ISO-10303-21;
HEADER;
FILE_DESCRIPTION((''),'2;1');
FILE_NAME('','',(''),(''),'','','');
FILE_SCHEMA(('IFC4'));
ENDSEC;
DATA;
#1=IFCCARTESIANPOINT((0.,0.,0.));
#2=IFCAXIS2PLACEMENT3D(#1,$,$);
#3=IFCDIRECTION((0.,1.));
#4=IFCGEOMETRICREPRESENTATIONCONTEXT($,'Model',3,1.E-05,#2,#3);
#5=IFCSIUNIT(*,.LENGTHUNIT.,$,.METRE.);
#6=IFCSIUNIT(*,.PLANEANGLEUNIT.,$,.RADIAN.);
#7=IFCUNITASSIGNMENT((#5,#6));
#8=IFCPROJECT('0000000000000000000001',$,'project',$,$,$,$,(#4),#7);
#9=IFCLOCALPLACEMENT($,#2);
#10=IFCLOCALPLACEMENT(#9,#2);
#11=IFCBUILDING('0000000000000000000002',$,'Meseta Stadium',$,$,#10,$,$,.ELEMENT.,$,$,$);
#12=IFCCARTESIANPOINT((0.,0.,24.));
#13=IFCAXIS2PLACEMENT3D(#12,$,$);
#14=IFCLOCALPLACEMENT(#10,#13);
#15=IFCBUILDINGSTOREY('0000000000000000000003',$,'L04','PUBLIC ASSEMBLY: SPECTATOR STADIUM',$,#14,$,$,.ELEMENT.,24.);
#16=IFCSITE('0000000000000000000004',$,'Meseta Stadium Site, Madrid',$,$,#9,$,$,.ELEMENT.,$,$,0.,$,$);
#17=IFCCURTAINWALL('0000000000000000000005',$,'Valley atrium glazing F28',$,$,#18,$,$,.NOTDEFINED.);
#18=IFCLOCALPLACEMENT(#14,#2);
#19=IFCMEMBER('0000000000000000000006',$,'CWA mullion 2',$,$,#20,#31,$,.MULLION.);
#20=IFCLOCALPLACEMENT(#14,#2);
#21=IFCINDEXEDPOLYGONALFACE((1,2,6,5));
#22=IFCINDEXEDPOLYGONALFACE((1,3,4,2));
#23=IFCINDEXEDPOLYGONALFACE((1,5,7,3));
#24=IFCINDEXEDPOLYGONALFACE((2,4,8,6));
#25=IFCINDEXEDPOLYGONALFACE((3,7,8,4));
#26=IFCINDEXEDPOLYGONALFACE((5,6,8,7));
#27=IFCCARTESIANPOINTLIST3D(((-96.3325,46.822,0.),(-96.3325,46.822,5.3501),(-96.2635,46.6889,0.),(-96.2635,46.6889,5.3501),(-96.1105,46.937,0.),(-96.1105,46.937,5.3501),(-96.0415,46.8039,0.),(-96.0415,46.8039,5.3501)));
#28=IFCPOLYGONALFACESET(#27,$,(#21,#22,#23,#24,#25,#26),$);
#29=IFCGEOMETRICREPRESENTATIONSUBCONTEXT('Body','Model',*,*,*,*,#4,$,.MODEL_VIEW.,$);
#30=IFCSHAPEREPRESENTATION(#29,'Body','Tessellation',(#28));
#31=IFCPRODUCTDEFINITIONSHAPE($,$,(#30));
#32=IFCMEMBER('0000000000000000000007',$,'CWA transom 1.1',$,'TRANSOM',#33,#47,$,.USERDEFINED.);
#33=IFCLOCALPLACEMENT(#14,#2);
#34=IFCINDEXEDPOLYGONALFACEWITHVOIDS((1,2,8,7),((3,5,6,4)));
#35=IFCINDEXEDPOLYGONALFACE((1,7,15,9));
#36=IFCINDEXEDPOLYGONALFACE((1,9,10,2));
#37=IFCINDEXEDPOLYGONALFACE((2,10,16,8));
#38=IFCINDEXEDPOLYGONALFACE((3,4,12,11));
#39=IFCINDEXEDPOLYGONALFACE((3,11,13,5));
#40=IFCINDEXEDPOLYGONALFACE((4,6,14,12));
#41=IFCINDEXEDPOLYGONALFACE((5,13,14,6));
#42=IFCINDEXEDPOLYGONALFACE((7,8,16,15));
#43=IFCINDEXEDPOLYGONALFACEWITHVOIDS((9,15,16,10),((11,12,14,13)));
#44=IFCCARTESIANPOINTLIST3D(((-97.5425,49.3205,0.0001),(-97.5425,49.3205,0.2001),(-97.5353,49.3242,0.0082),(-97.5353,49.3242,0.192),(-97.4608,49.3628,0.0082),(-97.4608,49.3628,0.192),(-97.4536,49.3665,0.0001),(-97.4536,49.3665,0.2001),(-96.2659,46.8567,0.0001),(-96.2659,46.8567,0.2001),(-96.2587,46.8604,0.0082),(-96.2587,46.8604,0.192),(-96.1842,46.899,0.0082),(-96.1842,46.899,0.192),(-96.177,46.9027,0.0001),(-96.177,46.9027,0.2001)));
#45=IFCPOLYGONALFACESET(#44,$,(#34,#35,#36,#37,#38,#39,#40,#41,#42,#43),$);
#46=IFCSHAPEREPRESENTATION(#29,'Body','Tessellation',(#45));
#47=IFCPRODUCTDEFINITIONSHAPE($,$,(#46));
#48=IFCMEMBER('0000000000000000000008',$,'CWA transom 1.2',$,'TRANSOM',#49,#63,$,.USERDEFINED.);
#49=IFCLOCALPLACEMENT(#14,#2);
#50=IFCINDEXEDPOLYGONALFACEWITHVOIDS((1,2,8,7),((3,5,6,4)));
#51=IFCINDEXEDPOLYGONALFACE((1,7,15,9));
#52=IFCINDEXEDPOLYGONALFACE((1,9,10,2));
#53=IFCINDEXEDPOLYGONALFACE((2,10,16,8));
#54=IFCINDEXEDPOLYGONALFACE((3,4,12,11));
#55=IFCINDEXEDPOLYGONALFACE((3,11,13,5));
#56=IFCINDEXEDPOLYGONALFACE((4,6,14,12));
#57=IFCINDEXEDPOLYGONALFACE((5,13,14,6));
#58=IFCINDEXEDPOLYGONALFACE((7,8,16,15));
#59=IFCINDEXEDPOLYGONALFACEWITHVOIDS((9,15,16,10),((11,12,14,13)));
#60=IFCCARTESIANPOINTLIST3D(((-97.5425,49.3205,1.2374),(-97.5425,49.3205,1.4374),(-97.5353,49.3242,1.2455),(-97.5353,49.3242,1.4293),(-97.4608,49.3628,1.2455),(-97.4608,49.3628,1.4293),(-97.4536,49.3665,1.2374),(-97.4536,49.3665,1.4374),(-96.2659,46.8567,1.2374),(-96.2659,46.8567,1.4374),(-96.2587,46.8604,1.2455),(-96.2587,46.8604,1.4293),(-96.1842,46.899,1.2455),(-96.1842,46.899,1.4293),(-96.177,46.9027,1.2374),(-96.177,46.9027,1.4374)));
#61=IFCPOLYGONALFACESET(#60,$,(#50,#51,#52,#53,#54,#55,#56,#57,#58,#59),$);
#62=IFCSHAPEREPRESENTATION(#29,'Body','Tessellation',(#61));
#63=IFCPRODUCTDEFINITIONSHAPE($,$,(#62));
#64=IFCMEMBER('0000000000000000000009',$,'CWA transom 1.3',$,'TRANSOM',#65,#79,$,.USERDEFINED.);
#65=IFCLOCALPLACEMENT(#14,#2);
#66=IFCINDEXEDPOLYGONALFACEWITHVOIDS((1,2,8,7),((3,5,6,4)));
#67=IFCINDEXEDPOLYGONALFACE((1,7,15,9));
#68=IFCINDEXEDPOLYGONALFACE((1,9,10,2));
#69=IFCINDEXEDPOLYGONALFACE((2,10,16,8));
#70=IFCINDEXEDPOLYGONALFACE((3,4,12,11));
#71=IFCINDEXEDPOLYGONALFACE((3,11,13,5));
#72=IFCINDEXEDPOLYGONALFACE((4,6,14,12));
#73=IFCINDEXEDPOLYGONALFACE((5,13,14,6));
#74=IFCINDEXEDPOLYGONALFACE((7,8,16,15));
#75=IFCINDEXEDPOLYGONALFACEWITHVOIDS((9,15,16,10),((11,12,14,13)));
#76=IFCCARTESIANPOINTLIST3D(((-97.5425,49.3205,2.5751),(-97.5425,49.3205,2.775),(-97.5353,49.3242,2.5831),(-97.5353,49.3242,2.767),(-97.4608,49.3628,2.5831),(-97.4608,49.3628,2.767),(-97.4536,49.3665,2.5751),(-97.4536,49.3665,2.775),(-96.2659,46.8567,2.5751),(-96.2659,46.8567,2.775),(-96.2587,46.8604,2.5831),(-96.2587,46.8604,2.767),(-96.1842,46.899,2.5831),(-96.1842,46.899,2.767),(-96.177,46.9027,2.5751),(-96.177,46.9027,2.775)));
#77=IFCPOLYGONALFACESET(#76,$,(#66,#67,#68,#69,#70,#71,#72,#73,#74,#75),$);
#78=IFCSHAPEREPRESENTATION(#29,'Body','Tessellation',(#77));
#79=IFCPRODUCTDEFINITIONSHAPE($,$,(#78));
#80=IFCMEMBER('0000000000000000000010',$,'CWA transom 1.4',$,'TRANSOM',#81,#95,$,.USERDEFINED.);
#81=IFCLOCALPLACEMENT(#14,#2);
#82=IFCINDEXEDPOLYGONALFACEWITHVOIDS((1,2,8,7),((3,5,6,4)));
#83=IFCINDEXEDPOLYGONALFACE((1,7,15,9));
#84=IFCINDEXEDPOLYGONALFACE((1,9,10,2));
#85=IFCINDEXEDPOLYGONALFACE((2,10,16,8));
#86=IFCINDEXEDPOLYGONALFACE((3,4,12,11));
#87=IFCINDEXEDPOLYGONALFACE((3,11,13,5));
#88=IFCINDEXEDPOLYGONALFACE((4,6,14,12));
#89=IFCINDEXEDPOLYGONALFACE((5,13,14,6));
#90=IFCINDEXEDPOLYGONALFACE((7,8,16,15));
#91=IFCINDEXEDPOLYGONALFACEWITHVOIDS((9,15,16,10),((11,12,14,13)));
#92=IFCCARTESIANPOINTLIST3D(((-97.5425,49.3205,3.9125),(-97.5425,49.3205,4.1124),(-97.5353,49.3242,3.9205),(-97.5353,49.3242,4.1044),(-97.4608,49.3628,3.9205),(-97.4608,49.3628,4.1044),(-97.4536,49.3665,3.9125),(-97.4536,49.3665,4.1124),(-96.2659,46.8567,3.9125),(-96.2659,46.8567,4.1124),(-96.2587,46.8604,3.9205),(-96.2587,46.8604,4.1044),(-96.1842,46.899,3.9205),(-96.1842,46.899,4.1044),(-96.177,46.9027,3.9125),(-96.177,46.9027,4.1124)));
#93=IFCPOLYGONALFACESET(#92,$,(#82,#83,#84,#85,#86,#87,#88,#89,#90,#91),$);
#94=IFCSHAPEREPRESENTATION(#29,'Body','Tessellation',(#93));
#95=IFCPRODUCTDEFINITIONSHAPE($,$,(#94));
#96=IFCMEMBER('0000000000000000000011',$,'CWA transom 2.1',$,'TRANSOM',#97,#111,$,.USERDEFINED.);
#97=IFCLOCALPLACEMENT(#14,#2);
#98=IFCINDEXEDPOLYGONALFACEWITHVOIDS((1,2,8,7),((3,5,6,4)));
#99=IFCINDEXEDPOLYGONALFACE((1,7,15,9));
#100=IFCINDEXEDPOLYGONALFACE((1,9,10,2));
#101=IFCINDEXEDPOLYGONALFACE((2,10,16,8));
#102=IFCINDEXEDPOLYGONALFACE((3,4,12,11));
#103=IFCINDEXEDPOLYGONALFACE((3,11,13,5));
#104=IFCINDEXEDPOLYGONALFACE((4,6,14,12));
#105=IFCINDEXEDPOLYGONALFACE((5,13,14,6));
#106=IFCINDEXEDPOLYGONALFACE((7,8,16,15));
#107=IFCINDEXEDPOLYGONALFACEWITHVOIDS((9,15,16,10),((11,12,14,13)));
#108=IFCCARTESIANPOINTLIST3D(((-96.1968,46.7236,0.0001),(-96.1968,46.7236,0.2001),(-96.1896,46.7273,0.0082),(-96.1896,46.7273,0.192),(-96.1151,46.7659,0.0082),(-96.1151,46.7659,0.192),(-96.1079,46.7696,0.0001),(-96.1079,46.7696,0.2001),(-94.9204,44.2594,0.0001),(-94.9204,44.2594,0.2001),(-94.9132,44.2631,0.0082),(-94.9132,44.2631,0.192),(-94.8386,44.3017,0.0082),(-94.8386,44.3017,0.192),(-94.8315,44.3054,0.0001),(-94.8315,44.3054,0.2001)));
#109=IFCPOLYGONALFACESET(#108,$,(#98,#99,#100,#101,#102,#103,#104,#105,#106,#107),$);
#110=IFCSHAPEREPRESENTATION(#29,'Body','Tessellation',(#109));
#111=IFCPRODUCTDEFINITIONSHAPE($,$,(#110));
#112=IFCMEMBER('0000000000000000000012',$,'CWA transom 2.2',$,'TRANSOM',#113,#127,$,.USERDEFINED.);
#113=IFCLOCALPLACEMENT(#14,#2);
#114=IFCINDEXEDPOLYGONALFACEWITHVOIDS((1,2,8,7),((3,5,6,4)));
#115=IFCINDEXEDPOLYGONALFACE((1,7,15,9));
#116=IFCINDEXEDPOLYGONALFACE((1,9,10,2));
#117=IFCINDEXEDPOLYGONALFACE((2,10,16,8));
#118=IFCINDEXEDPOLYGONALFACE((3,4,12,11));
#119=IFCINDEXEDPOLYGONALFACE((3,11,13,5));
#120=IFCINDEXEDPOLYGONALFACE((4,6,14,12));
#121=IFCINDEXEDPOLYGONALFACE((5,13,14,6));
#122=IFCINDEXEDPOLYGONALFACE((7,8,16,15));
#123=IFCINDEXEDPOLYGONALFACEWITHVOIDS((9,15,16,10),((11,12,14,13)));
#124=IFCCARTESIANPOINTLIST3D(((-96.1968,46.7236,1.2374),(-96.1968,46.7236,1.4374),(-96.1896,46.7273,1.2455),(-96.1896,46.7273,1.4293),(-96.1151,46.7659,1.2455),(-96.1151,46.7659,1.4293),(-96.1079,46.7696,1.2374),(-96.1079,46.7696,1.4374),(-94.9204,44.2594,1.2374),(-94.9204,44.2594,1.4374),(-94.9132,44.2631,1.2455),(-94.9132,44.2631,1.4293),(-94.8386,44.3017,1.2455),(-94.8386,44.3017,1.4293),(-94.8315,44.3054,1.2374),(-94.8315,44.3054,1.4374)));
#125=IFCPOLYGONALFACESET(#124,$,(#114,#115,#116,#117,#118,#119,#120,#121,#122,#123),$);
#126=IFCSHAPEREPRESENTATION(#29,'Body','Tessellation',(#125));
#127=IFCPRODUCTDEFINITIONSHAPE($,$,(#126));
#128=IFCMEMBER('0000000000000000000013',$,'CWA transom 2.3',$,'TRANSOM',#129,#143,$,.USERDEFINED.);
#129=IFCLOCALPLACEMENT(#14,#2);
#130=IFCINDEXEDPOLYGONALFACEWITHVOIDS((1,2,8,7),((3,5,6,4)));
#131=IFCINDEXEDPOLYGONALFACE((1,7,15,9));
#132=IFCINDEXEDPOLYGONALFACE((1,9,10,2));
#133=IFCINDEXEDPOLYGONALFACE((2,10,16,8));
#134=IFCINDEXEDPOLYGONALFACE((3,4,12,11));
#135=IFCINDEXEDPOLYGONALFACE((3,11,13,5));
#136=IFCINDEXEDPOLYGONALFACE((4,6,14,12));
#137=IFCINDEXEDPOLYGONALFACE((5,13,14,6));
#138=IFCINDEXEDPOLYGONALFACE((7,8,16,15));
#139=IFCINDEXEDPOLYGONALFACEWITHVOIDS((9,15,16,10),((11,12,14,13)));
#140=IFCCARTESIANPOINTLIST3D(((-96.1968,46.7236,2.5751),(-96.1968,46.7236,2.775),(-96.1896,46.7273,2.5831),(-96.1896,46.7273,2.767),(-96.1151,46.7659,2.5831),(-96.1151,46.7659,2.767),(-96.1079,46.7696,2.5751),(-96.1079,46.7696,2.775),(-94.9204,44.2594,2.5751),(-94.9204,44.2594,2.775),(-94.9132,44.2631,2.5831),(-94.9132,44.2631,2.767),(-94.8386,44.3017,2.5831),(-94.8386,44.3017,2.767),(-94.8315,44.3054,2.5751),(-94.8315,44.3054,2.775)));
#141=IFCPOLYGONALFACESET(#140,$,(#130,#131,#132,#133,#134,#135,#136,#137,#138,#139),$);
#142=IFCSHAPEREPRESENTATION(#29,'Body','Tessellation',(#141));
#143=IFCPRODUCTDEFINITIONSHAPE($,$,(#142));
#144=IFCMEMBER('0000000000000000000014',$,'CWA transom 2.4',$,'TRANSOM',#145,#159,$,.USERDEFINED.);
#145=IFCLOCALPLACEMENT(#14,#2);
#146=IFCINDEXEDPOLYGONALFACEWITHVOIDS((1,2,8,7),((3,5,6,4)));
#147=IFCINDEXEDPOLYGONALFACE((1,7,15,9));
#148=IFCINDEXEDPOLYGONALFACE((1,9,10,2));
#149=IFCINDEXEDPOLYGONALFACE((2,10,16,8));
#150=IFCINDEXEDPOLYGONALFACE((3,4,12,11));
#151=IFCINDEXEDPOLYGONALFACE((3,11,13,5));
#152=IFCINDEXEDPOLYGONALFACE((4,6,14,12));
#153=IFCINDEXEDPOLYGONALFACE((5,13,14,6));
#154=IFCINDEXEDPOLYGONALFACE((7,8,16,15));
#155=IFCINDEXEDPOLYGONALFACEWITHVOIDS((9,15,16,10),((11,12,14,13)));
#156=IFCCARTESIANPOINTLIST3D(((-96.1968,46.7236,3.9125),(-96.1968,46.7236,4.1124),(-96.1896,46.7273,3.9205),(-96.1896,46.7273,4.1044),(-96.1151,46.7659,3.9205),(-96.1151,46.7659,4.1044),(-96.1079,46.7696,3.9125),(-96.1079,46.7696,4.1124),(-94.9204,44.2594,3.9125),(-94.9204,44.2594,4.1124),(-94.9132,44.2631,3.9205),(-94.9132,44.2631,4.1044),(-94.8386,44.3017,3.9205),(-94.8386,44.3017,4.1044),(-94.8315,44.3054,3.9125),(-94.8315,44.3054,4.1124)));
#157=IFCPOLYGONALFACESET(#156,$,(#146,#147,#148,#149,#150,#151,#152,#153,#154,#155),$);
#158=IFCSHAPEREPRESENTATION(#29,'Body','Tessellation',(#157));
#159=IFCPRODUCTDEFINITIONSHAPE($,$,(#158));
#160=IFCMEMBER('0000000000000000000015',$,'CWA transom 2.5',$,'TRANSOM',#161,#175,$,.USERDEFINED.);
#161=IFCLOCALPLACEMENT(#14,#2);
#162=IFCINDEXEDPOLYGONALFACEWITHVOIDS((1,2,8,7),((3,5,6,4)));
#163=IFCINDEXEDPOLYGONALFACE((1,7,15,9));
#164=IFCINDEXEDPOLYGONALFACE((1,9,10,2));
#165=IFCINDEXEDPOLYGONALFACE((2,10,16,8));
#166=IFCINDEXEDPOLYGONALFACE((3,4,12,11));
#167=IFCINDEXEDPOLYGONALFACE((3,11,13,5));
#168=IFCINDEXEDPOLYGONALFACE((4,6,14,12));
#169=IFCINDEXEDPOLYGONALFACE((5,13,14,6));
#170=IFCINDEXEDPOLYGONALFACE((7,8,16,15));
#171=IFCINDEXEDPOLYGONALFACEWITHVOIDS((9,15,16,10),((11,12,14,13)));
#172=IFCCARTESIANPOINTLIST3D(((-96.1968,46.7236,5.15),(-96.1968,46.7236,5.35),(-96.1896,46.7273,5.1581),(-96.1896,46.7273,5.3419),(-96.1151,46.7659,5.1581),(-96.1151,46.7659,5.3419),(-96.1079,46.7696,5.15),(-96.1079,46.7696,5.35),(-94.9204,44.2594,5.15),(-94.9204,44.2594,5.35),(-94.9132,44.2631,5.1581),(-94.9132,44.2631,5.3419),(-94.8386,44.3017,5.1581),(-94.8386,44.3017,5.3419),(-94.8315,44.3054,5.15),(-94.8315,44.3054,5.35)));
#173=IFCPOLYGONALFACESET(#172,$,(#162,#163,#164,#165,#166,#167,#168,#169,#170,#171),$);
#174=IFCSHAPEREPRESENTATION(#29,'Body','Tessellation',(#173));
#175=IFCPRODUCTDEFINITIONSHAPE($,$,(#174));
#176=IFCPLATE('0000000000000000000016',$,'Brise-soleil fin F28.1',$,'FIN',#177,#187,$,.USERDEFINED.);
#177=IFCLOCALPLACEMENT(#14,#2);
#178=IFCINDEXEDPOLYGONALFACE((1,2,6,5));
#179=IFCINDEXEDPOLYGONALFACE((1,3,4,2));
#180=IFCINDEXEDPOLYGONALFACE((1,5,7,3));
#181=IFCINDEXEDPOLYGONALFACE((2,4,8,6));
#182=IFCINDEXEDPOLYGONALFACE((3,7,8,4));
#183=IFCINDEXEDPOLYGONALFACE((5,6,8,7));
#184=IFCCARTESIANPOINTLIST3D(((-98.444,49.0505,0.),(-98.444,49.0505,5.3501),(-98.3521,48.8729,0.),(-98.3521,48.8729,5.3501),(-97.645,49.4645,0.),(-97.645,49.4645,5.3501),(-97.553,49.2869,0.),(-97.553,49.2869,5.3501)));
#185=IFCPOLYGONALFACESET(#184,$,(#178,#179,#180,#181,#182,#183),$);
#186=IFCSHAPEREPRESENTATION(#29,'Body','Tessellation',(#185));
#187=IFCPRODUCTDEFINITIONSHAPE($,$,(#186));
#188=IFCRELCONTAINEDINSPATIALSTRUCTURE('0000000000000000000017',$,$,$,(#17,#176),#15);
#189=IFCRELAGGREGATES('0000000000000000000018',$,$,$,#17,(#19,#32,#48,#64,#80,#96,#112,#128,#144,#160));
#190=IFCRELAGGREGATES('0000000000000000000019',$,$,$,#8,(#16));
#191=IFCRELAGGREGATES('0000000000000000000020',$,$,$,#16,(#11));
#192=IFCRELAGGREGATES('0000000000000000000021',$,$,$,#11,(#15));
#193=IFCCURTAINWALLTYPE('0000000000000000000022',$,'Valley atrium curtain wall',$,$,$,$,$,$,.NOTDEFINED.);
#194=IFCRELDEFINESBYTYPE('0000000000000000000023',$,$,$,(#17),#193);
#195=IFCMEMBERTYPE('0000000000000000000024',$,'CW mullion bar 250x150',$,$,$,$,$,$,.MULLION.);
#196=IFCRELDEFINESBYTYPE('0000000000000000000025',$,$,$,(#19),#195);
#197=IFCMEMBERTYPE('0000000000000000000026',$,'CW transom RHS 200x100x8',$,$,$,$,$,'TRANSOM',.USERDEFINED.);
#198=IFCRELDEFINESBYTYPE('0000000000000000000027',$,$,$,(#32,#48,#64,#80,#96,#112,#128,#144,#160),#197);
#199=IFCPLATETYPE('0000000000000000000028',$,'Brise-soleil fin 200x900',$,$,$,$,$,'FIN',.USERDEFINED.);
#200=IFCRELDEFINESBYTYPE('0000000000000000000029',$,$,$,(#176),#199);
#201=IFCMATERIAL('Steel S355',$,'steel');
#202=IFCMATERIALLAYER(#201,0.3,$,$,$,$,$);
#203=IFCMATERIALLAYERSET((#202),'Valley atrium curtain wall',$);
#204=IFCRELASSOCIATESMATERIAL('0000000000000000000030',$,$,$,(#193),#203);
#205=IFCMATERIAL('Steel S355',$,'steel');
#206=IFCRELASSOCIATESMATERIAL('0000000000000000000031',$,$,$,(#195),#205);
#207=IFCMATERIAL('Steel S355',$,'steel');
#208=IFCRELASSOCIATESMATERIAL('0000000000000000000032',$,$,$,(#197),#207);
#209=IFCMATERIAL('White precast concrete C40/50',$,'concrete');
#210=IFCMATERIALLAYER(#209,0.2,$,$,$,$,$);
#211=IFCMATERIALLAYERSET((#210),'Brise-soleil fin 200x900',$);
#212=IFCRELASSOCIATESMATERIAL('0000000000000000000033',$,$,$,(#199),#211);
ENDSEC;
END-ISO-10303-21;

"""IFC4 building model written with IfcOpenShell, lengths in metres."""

from ifc_helpers import new_model, si_unit, direction, frame, origin, origin_2d, place, context, subcontext, project, spatial, rectangle, hollow_rectangle, extrude, material, layer, layer_set, material_profile, profile_set, type_object, element, aggregate, save


model = new_model("IFC4")

# Units and contexts
model_context = context("Model", 3, precision=1e-05, world=origin(), true_north=direction((0.0, 1.0)))
body_context = subcontext(model_context, "Body", "Model", "MODEL_VIEW")
ifc_project = project(units=[si_unit("LENGTHUNIT", "METRE"), si_unit("PLANEANGLEUNIT", "RADIAN")], contexts=[model_context])

# Site, building, storey
site_placement = place(None, origin())
site = spatial("IfcSite", under=ifc_project, at=site_placement, Name="Meseta Stadium Site, Madrid", CompositionType="ELEMENT", RefElevation=0.0)
building_placement = place(site_placement, origin())
building = spatial("IfcBuilding", under=site, at=building_placement, Name="Meseta Stadium", CompositionType="ELEMENT")
storey_placement = place(building_placement, frame((0.0, 0.0, 24.0)))
storey = spatial("IfcBuildingStorey", under=building, at=storey_placement, Name="L04", Description="PUBLIC ASSEMBLY: SPECTATOR STADIUM", CompositionType="ELEMENT", Elevation=24.0)

# Curtain wall, members
ifc_material_1 = material(Name="Steel S355", Category="steel")
ifc_layer_1 = layer(ifc_material_1, 0.3)
ifc_layer_set_1 = layer_set([ifc_layer_1], Name="Valley atrium curtain wall")
curtain_wall_type = type_object("IfcCurtainWallType", Name="Valley atrium curtain wall", PredefinedType="NOTDEFINED", material=ifc_layer_set_1)
curtain_wall_1_placement = place(storey_placement, origin())
curtain_wall_1 = element("IfcCurtainWall", 1, at=curtain_wall_1_placement, inside=storey, type_object=curtain_wall_type, Name="Valley atrium glazing F28", PredefinedType="NOTDEFINED")
ifc_material_2 = material(Name="Steel S355", Category="steel")
ifc_material_profile_1 = material_profile(ifc_material_2, rectangle(XDim=0.25, YDim=0.1499, at=origin_2d()), Name="CW 250x150")
ifc_profile_set_1 = profile_set([ifc_material_profile_1], Name="Steel S355")
member_type_1 = type_object("IfcMemberType", Name="CW mullion bar 250x150", PredefinedType="MULLION", material=ifc_profile_set_1)
member_1_placement = place(storey_placement, frame((-96.187, 46.813, 0.0), z_axis=(0.0, 0.0, 1.0), x_axis=(0.887911, 0.460016, 0.0)))
member_1 = element("IfcMember", 2, at=member_1_placement, type_object=member_type_1, Name="CWA mullion 2", PredefinedType="MULLION", context=body_context, shape_type="SweptSolid", body=[
    extrude(rectangle(XDim=0.25, YDim=0.1499, at=origin_2d()), origin(), (0.0, 0.0, 1.0), 5.3501),
])
ifc_material_3 = material(Name="Steel S355", Category="steel")
ifc_material_profile_2 = material_profile(ifc_material_3, hollow_rectangle(XDim=0.1001, YDim=0.2, WallThickness=0.0081, at=origin_2d()), Name="RHS 200x100x8")
ifc_profile_set_2 = profile_set([ifc_material_profile_2], Name="Steel S355")
member_type_2 = type_object("IfcMemberType", Name="CW transom RHS 200x100x8", ElementType="TRANSOM", PredefinedType="USERDEFINED", material=ifc_profile_set_2)
member_2_placement = place(storey_placement, frame((-97.498, 49.3435, 0.1001), z_axis=(0.460047, -0.887894, 0.0), x_axis=(0.887894, 0.460047, 0.0)))
member_2 = element("IfcMember", 3, at=member_2_placement, type_object=member_type_2, Name="CWA transom 1.1", ObjectType="TRANSOM", PredefinedType="USERDEFINED", context=body_context, shape_type="SweptSolid", body=[
    extrude(hollow_rectangle(XDim=0.1001, YDim=0.2, WallThickness=0.0081, at=origin_2d()), origin(), (0.0, 0.0, 1.0), 2.7749),
])
member_3_placement = place(storey_placement, frame((-97.498, 49.3435, 1.3374), z_axis=(0.460047, -0.887894, 0.0), x_axis=(0.887894, 0.460047, 0.0)))
member_3 = element("IfcMember", 4, at=member_3_placement, type_object=member_type_2, Name="CWA transom 1.2", ObjectType="TRANSOM", PredefinedType="USERDEFINED", context=body_context, shape_type="SweptSolid", body=[
    extrude(hollow_rectangle(XDim=0.1001, YDim=0.2, WallThickness=0.0081, at=origin_2d()), origin(), (0.0, 0.0, 1.0), 2.7749),
])
member_4_placement = place(storey_placement, frame((-97.498, 49.3435, 2.675), z_axis=(0.460047, -0.887894, 0.0), x_axis=(0.887894, 0.460047, 0.0)))
member_4 = element("IfcMember", 5, at=member_4_placement, type_object=member_type_2, Name="CWA transom 1.3", ObjectType="TRANSOM", PredefinedType="USERDEFINED", context=body_context, shape_type="SweptSolid", body=[
    extrude(hollow_rectangle(XDim=0.1001, YDim=0.2, WallThickness=0.0081, at=origin_2d()), origin(), (0.0, 0.0, 1.0), 2.7749),
])
member_5_placement = place(storey_placement, frame((-97.498, 49.3435, 4.0125), z_axis=(0.460047, -0.887894, 0.0), x_axis=(0.887894, 0.460047, 0.0)))
member_5 = element("IfcMember", 6, at=member_5_placement, type_object=member_type_2, Name="CWA transom 1.4", ObjectType="TRANSOM", PredefinedType="USERDEFINED", context=body_context, shape_type="SweptSolid", body=[
    extrude(hollow_rectangle(XDim=0.1001, YDim=0.2, WallThickness=0.0081, at=origin_2d()), origin(), (0.0, 0.0, 1.0), 2.7749),
])
member_6_placement = place(storey_placement, frame((-96.1523, 46.7466, 0.1001), z_axis=(0.459942, -0.887949, 0.0), x_axis=(0.887949, 0.459942, 0.0)))
member_6 = element("IfcMember", 7, at=member_6_placement, type_object=member_type_2, Name="CWA transom 2.1", ObjectType="TRANSOM", PredefinedType="USERDEFINED", context=body_context, shape_type="SweptSolid", body=[
    extrude(hollow_rectangle(XDim=0.1001, YDim=0.2, WallThickness=0.0081, at=origin_2d()), origin(), (0.0, 0.0, 1.0), 2.7751),
])
member_7_placement = place(storey_placement, frame((-96.1523, 46.7466, 1.3374), z_axis=(0.459942, -0.887949, 0.0), x_axis=(0.887949, 0.459942, 0.0)))
member_7 = element("IfcMember", 8, at=member_7_placement, type_object=member_type_2, Name="CWA transom 2.2", ObjectType="TRANSOM", PredefinedType="USERDEFINED", context=body_context, shape_type="SweptSolid", body=[
    extrude(hollow_rectangle(XDim=0.1001, YDim=0.2, WallThickness=0.0081, at=origin_2d()), origin(), (0.0, 0.0, 1.0), 2.7751),
])
member_8_placement = place(storey_placement, frame((-96.1523, 46.7466, 2.675), z_axis=(0.459942, -0.887949, 0.0), x_axis=(0.887949, 0.459942, 0.0)))
member_8 = element("IfcMember", 9, at=member_8_placement, type_object=member_type_2, Name="CWA transom 2.3", ObjectType="TRANSOM", PredefinedType="USERDEFINED", context=body_context, shape_type="SweptSolid", body=[
    extrude(hollow_rectangle(XDim=0.1001, YDim=0.2, WallThickness=0.0081, at=origin_2d()), origin(), (0.0, 0.0, 1.0), 2.7751),
])
member_9_placement = place(storey_placement, frame((-96.1523, 46.7466, 4.0125), z_axis=(0.459942, -0.887949, 0.0), x_axis=(0.887949, 0.459942, 0.0)))
member_9 = element("IfcMember", 10, at=member_9_placement, type_object=member_type_2, Name="CWA transom 2.4", ObjectType="TRANSOM", PredefinedType="USERDEFINED", context=body_context, shape_type="SweptSolid", body=[
    extrude(hollow_rectangle(XDim=0.1001, YDim=0.2, WallThickness=0.0081, at=origin_2d()), origin(), (0.0, 0.0, 1.0), 2.7751),
])
member_10_placement = place(storey_placement, frame((-96.1523, 46.7466, 5.25), z_axis=(0.459942, -0.887949, 0.0), x_axis=(0.887949, 0.459942, 0.0)))
member_10 = element("IfcMember", 11, at=member_10_placement, type_object=member_type_2, Name="CWA transom 2.5", ObjectType="TRANSOM", PredefinedType="USERDEFINED", context=body_context, shape_type="SweptSolid", body=[
    extrude(hollow_rectangle(XDim=0.1001, YDim=0.2, WallThickness=0.0081, at=origin_2d()), origin(), (0.0, 0.0, 1.0), 2.7751),
])

# Plate
ifc_material_4 = material(Name="White precast concrete C40/50", Category="concrete")
ifc_layer_2 = layer(ifc_material_4, 0.2)
ifc_layer_set_2 = layer_set([ifc_layer_2], Name="Brise-soleil fin 200x900")
plate_type_1 = type_object("IfcPlateType", Name="Brise-soleil fin 200x900", ElementType="FIN", PredefinedType="USERDEFINED", material=ifc_layer_set_2)
for number, where, z_axis, x_axis, name in (
    (12, (-97.9985, 49.1687, 0.0), (0.0, 0.0, 1.0), (0.460016, -0.887911, 0.0), "Brise-soleil fin F28.1"),
):
    element("IfcPlate", number, at=place(storey_placement, frame(where, z_axis=z_axis, x_axis=x_axis)), inside=storey, type_object=plate_type_1, Name=name, ObjectType="FIN", PredefinedType="USERDEFINED", context=body_context, shape_type="SweptSolid", body=[
        extrude(rectangle(XDim=0.2, YDim=0.8999, at=origin_2d()), origin(), (0.0, 0.0, 1.0), 5.3501),
    ])

aggregate(curtain_wall_1, [member_1, member_2, member_3, member_4, member_5, member_6, member_7, member_8, member_9, member_10])

save(model, "model.ifc")
